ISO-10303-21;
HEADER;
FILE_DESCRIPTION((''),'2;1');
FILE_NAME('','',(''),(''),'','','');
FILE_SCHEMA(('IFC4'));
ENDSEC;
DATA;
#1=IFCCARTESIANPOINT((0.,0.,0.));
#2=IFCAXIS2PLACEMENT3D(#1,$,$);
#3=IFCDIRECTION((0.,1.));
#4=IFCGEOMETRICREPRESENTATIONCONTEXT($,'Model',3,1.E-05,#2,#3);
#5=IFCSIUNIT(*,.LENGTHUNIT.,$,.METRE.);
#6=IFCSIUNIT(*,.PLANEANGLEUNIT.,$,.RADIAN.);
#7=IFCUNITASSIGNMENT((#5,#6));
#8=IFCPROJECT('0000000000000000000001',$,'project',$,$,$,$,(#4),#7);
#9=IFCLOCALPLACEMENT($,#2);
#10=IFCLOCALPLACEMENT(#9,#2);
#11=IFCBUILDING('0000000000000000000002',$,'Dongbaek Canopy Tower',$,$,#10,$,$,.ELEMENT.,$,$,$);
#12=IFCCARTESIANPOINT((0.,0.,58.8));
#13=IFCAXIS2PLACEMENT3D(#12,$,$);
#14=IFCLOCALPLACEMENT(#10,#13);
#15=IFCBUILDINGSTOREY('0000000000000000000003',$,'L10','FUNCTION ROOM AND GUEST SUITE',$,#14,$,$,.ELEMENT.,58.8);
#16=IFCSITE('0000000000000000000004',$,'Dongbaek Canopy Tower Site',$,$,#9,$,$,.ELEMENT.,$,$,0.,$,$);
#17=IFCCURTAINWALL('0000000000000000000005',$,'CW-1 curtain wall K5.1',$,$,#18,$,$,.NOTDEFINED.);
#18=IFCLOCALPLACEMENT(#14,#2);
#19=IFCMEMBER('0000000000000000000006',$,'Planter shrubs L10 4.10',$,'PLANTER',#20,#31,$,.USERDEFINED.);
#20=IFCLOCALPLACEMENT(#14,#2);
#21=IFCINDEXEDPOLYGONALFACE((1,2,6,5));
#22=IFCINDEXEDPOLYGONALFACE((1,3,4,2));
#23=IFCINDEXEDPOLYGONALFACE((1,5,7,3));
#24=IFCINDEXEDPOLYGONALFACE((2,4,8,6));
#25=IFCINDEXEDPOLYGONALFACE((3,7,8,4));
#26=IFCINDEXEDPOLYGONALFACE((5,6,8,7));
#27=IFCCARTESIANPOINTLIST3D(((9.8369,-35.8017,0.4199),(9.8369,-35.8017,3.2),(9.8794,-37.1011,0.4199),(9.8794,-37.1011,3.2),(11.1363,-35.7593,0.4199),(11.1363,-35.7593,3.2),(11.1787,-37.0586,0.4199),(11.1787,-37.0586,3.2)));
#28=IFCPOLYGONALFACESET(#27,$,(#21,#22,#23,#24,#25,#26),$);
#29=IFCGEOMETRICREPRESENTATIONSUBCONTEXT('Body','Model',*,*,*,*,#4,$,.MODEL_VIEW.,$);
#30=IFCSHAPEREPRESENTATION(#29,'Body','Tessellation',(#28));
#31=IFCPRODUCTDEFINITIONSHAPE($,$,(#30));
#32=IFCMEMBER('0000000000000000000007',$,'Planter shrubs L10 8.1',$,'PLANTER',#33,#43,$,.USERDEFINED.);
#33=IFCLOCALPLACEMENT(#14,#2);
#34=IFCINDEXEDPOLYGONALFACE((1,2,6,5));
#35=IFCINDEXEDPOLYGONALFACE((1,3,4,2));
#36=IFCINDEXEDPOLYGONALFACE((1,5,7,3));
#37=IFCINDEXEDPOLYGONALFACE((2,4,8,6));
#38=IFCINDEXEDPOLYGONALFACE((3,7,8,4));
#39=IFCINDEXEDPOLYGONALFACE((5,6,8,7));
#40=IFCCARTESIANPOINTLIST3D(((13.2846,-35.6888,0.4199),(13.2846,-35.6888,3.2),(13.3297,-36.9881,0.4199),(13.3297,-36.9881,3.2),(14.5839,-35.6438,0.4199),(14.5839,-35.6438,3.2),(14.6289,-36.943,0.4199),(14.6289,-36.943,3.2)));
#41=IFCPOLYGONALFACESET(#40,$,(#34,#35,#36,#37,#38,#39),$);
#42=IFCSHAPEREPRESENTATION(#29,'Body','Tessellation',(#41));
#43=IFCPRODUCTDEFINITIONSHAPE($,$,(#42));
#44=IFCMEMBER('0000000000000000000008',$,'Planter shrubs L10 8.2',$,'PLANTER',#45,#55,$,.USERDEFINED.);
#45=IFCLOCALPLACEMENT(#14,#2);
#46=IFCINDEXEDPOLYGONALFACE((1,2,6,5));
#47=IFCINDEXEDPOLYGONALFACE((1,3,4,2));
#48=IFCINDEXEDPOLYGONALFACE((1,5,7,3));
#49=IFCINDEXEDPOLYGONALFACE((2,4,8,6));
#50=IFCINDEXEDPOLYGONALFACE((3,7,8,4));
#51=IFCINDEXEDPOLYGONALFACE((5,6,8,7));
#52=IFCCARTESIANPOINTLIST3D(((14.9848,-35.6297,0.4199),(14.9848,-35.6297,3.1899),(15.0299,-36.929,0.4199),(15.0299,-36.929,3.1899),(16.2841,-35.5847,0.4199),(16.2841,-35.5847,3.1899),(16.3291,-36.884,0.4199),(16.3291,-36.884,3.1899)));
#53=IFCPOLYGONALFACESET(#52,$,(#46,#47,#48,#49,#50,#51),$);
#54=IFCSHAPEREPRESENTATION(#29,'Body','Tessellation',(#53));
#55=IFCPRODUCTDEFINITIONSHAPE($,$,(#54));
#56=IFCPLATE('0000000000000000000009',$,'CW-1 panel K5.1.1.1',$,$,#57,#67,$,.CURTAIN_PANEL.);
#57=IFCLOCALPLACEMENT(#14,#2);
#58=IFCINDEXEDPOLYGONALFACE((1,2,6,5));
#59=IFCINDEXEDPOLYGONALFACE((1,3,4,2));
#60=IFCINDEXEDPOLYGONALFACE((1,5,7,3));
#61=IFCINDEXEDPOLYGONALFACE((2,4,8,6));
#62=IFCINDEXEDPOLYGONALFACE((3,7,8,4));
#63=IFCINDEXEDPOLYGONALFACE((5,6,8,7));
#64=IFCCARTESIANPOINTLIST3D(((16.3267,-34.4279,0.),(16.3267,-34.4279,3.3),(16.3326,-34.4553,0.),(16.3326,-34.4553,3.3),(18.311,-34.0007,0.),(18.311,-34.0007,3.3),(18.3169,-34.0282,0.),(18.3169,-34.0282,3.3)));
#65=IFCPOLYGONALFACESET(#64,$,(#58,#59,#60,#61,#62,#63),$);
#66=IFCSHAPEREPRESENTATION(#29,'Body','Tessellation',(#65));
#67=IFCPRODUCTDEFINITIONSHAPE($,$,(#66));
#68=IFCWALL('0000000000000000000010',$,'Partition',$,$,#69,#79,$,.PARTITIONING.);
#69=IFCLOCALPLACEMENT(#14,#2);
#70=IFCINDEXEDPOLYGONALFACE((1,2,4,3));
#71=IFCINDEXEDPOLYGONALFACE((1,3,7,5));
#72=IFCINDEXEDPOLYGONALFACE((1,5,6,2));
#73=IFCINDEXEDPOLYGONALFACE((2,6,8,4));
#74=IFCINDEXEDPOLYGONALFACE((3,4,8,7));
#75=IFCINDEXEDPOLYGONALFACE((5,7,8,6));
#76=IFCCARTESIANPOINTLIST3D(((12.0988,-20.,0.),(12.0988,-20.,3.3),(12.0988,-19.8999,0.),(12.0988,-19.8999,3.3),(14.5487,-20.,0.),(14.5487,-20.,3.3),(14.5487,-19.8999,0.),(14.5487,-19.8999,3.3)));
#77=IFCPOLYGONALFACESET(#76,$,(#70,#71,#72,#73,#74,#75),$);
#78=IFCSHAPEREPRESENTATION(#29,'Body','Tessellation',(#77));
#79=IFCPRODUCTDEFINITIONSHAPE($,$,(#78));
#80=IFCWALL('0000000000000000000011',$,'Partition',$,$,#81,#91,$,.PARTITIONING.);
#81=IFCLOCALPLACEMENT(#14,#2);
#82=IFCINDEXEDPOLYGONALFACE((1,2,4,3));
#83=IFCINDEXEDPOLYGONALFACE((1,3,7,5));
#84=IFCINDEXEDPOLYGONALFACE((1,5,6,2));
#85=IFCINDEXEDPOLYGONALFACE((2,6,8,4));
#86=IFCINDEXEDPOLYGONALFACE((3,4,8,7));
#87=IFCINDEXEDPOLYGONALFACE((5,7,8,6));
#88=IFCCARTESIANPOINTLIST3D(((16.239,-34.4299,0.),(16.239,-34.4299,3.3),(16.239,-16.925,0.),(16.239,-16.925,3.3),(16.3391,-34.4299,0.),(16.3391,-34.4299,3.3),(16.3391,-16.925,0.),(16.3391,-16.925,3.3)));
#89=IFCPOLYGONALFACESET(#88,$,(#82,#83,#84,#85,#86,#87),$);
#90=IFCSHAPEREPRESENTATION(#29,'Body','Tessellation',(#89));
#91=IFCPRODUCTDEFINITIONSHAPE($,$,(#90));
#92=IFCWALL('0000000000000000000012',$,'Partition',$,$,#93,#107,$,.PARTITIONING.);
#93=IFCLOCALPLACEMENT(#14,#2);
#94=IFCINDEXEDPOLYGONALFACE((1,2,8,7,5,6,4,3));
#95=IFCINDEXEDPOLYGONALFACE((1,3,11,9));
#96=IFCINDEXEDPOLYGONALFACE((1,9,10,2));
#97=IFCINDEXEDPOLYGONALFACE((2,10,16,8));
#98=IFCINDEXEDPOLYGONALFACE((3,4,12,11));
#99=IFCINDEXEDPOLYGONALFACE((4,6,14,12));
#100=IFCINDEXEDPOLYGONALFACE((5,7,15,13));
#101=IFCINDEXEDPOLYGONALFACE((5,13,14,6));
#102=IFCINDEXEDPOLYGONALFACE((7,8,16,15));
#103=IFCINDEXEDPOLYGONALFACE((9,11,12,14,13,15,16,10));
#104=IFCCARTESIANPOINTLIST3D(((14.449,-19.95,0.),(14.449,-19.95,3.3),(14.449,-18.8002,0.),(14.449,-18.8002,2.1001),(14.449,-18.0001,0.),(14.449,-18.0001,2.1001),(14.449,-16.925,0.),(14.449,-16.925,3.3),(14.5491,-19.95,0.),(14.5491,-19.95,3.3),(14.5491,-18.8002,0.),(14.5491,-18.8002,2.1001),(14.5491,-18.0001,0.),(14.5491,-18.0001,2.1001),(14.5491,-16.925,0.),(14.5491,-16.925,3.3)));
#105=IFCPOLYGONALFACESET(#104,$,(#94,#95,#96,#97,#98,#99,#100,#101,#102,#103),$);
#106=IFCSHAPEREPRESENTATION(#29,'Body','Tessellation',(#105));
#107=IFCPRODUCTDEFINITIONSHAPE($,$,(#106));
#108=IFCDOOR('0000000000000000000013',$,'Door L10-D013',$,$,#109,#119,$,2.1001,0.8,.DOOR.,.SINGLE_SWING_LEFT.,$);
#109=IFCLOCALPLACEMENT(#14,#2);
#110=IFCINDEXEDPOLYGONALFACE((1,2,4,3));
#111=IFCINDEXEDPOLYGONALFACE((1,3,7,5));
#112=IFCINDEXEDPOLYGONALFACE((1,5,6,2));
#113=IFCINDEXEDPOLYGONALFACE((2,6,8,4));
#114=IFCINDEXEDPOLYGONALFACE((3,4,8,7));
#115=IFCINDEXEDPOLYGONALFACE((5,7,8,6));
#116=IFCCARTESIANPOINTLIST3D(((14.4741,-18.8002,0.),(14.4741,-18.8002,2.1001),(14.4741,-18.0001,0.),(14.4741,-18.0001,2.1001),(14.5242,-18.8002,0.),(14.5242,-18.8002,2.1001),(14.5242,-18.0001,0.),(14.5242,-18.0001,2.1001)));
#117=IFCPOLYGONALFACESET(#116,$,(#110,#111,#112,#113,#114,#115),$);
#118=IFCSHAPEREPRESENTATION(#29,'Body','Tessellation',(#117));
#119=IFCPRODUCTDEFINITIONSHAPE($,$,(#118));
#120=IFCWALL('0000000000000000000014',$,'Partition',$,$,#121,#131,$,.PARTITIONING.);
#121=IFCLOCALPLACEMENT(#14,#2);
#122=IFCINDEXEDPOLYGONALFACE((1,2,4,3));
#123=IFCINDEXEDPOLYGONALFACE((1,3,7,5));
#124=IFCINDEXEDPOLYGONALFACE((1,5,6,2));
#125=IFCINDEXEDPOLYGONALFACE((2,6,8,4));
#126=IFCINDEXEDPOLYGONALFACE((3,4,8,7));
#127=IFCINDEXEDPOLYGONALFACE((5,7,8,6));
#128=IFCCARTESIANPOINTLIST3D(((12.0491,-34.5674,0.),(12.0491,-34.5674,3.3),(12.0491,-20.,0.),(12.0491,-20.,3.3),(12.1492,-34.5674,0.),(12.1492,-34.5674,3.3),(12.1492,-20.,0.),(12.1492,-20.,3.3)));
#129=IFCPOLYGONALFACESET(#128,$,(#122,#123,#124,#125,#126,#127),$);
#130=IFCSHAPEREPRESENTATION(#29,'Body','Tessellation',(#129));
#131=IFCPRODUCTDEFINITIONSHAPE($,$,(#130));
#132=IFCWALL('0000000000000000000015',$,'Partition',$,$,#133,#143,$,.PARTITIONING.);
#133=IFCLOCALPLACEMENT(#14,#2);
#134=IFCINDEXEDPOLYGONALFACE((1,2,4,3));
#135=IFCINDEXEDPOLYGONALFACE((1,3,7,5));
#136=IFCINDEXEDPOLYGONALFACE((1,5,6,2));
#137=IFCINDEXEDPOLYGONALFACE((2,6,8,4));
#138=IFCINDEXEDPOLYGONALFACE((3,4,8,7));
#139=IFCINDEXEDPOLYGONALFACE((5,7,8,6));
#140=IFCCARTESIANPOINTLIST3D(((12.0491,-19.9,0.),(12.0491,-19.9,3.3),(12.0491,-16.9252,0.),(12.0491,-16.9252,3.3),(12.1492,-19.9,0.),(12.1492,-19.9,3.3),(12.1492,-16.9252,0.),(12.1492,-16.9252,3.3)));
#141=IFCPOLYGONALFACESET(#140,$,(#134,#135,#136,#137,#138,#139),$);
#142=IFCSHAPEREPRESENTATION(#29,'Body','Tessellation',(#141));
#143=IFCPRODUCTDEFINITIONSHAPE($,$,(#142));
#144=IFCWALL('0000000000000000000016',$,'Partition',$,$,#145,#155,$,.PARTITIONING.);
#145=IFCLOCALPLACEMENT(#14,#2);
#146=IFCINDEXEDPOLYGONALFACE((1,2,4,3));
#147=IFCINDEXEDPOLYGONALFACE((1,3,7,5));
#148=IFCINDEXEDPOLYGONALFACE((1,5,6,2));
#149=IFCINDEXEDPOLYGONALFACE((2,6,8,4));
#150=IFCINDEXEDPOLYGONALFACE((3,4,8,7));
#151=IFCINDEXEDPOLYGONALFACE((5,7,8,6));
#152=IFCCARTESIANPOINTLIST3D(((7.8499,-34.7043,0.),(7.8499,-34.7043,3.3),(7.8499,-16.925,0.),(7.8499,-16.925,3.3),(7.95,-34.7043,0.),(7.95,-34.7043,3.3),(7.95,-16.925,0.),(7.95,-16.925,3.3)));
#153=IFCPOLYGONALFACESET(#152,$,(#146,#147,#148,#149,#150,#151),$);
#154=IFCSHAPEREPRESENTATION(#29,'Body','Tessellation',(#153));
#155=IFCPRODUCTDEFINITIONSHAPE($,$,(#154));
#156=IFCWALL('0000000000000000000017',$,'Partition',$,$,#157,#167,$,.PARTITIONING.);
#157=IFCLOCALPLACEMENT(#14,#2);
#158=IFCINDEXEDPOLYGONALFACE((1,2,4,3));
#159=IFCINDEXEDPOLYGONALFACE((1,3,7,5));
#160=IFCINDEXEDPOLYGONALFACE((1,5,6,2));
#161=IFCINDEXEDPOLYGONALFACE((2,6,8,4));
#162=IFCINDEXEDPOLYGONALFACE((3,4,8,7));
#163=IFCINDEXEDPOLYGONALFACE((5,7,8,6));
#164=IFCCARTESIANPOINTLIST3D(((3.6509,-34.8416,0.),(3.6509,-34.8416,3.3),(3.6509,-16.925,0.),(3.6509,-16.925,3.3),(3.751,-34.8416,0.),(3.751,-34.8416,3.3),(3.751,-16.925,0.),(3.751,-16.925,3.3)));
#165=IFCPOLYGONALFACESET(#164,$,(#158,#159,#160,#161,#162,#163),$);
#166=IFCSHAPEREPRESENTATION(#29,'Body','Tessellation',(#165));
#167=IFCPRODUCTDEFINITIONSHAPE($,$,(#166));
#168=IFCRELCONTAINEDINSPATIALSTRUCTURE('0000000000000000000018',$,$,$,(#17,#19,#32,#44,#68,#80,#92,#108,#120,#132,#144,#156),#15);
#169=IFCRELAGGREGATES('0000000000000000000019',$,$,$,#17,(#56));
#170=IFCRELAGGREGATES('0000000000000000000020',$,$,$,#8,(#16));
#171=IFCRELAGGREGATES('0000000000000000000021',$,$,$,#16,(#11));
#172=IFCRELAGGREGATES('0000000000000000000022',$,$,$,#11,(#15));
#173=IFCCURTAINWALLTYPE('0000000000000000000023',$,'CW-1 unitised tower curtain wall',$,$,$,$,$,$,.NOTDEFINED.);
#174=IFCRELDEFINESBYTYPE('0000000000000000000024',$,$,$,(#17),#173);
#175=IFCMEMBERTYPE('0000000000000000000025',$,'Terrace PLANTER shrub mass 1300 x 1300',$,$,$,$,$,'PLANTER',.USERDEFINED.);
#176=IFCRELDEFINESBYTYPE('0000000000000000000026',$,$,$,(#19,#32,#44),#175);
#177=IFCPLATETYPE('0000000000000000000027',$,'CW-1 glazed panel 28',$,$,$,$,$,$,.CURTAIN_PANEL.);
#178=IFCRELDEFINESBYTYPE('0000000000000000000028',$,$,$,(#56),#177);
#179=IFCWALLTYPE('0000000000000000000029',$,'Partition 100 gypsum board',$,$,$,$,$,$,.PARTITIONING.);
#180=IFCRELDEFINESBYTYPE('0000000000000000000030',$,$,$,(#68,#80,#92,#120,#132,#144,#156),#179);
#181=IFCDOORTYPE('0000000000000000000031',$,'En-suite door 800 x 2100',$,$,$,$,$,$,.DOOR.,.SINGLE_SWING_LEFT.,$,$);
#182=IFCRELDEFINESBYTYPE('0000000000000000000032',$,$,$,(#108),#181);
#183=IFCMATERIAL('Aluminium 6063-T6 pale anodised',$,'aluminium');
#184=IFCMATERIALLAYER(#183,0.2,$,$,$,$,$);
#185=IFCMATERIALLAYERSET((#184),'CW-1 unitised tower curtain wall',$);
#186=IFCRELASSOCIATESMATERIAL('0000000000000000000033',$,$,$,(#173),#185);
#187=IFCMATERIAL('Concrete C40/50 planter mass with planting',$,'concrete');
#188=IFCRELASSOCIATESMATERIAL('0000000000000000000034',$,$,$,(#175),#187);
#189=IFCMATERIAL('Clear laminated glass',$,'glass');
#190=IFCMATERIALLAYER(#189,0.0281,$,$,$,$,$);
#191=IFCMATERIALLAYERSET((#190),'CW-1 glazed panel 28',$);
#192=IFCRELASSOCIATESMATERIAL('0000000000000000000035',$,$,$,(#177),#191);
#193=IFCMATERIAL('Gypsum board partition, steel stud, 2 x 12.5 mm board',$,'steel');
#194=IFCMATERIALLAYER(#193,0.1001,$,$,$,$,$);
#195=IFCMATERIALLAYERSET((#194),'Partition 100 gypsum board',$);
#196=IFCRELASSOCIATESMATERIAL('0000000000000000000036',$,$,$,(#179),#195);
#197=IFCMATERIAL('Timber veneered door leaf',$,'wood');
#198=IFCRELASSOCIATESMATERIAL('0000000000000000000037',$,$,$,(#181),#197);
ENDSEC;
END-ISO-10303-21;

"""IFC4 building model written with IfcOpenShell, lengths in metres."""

from ifc_helpers import new_model, si_unit, direction, frame, frame_2d, origin, origin_2d, place, context, subcontext, project, spatial, rectangle, extrude, material, layer, layer_set, material_profile, profile_set, type_object, element, fill, aggregate, save


model = new_model("IFC4")

# Units and contexts
model_context = context("Model", 3, precision=1e-05, world=origin(), true_north=direction((0.0, 1.0)))
body_context = subcontext(model_context, "Body", "Model", "MODEL_VIEW")
ifc_project = project(units=[si_unit("LENGTHUNIT", "METRE"), si_unit("PLANEANGLEUNIT", "RADIAN")], contexts=[model_context])

# Site, building, storey
site_placement = place(None, origin())
site = spatial("IfcSite", under=ifc_project, at=site_placement, Name="Dongbaek Canopy Tower Site", CompositionType="ELEMENT", RefElevation=0.0)
building_placement = place(site_placement, origin())
building = spatial("IfcBuilding", under=site, at=building_placement, Name="Dongbaek Canopy Tower", CompositionType="ELEMENT")
storey_placement = place(building_placement, frame((0.0, 0.0, 58.8)))
storey = spatial("IfcBuildingStorey", under=building, at=storey_placement, Name="L10", Description="FUNCTION ROOM AND GUEST SUITE", CompositionType="ELEMENT", Elevation=58.8)

# Curtain wall
ifc_material_1 = material(Name="Aluminium 6063-T6 pale anodised", Category="aluminium")
ifc_layer_1 = layer(ifc_material_1, 0.2)
ifc_layer_set_1 = layer_set([ifc_layer_1], Name="CW-1 unitised tower curtain wall")
curtain_wall_type = type_object("IfcCurtainWallType", Name="CW-1 unitised tower curtain wall", PredefinedType="NOTDEFINED", material=ifc_layer_set_1)
curtain_wall_placement = place(storey_placement, origin())
curtain_wall = element("IfcCurtainWall", 1, at=curtain_wall_placement, inside=storey, type_object=curtain_wall_type, Name="CW-1 curtain wall K5.1", PredefinedType="NOTDEFINED")

# Members
ifc_material_2 = material(Name="Concrete C40/50 planter mass with planting", Category="concrete")
ifc_material_profile_1 = material_profile(ifc_material_2, rectangle(XDim=1.3, YDim=1.3, at=origin_2d()), Name="Terrace PLANTER shrub mass 1300 x 1300")
ifc_profile_set_1 = profile_set([ifc_material_profile_1], Name="Concrete C40/50 planter mass with planting")
member_type_1 = type_object("IfcMemberType", Name="Terrace PLANTER shrub mass 1300 x 1300", ElementType="PLANTER", PredefinedType="USERDEFINED", material=ifc_profile_set_1)
for number, where, z_axis, x_axis, name in (
    (2, (10.5078, -36.4302, 0.4199), (0.0, 0.0, 1.0), (0.032646, -0.999467, 0.0), "Planter shrubs L10 4.10"),
    (3, (13.9568, -36.3159, 0.4199), (0.0, 0.0, 1.0), (0.034641, -0.9994, 0.0), "Planter shrubs L10 8.1"),
):
    element("IfcMember", number, at=place(storey_placement, frame(where, z_axis=z_axis, x_axis=x_axis)), inside=storey, type_object=member_type_1, Name=name, ObjectType="PLANTER", PredefinedType="USERDEFINED", context=body_context, shape_type="SweptSolid", body=[
        extrude(rectangle(XDim=1.3, YDim=1.3, at=origin_2d()), origin(), (0.0, 0.0, 1.0), 2.78),
    ])
member_1_placement = place(storey_placement, frame((15.657, -36.2568, 0.4199), z_axis=(0.0, 0.0, 1.0), x_axis=(0.034641, -0.9994, 0.0)))
element("IfcMember", 4, at=member_1_placement, inside=storey, type_object=member_type_1, Name="Planter shrubs L10 8.2", ObjectType="PLANTER", PredefinedType="USERDEFINED", context=body_context, shape_type="SweptSolid", body=[
    extrude(rectangle(XDim=1.3, YDim=1.3, at=origin_2d()), origin(), (0.0, 0.0, 1.0), 2.77),
])

# Plate
ifc_material_3 = material(Name="Clear laminated glass", Category="glass")
ifc_layer_2 = layer(ifc_material_3, 0.0281)
ifc_layer_set_2 = layer_set([ifc_layer_2], Name="CW-1 glazed panel 28")
plate_type = type_object("IfcPlateType", Name="CW-1 glazed panel 28", PredefinedType="CURTAIN_PANEL", material=ifc_layer_set_2)
plate_placement = place(storey_placement, frame((17.3218, -34.228, 0.0), z_axis=(0.0, 0.0, 1.0), x_axis=(0.977608, 0.210435, 0.0)))
plate = element("IfcPlate", 5, at=plate_placement, type_object=plate_type, Name="CW-1 panel K5.1.1.1", PredefinedType="CURTAIN_PANEL", context=body_context, shape_type="SweptSolid", body=[
    extrude(rectangle(XDim=2.0298, YDim=0.0281, at=origin_2d()), origin(), (0.0, 0.0, 1.0), 3.3),
])
aggregate(curtain_wall, [plate])

# Walls
ifc_material_4 = material(Name="Gypsum board partition, steel stud, 2 x 12.5 mm board", Category="steel")
ifc_layer_3 = layer(ifc_material_4, 0.1001)
ifc_layer_set_3 = layer_set([ifc_layer_3], Name="Partition 100 gypsum board")
wall_type_1 = type_object("IfcWallType", Name="Partition 100 gypsum board", PredefinedType="PARTITIONING", material=ifc_layer_set_3)
wall_1_placement = place(storey_placement, frame((12.0986, -19.95, 0.0), z_axis=(0.0, 0.0, 1.0), x_axis=(1.0, 0.0, 0.0)))
element("IfcWall", 6, at=wall_1_placement, inside=storey, type_object=wall_type_1, Name="Partition", PredefinedType="PARTITIONING", context=body_context, shape_type="SweptSolid", body=[
    extrude(rectangle(XDim=2.45, YDim=0.1001, at=frame_2d((1.2251, 0.0))), origin(), (0.0, 0.0, 1.0), 3.3),
])
wall_2_placement = place(storey_placement, frame((16.2891, -34.4299, 0.0), z_axis=(0.0, 0.0, 1.0), x_axis=(0.0, 1.0, 0.0)))
element("IfcWall", 7, at=wall_2_placement, inside=storey, type_object=wall_type_1, Name="Partition", PredefinedType="PARTITIONING", context=body_context, shape_type="SweptSolid", body=[
    extrude(rectangle(XDim=17.5049, YDim=0.1001, at=frame_2d((8.7524, 0.0))), origin(), (0.0, 0.0, 1.0), 3.3),
])

# Wall, opening, door
wall_3_placement = place(storey_placement, frame((14.499, -19.95, 0.0), z_axis=(0.0, 0.0, 1.0), x_axis=(0.0, 1.0, 0.0)))
wall_3 = element("IfcWall", 8, at=wall_3_placement, inside=storey, type_object=wall_type_1, Name="Partition", PredefinedType="PARTITIONING", context=body_context, shape_type="SweptSolid", body=[
    extrude(rectangle(XDim=3.0249, YDim=0.1001, at=frame_2d((1.5125, 0.0))), origin(), (0.0, 0.0, 1.0), 3.3),
])
opening_1_placement = place(wall_3_placement, frame((1.1499, 0.0, 0.0)))
opening_1 = element("IfcOpeningElement", 9, at=opening_1_placement, cuts=wall_3, PredefinedType="OPENING", context=body_context, shape_type="SweptSolid", body=[
    extrude(rectangle(XDim=0.8, YDim=2.1001, at=frame_2d((0.3999, 1.05))), frame((0.0, 0.0601, 0.0), z_axis=(0.0, -1.0, 0.0), x_axis=(1.0, 0.0, 0.0)), (0.0, 0.0, 1.0), 0.1201),
])
ifc_material_5 = material(Name="Timber veneered door leaf", Category="wood")
door_type_1 = type_object("IfcDoorType", Name="En-suite door 800 x 2100", OperationType="SINGLE_SWING_LEFT", PredefinedType="DOOR", material=ifc_material_5)
door_1_placement = place(opening_1_placement, origin())
door_1 = element("IfcDoor", 10, at=door_1_placement, inside=storey, type_object=door_type_1, Name="Door L10-D013", OperationType="SINGLE_SWING_LEFT", OverallHeight=2.1001, OverallWidth=0.8, PredefinedType="DOOR", context=body_context, shape_type="SweptSolid", body=[
    extrude(rectangle(XDim=0.8, YDim=2.1001, at=frame_2d((0.3999, 1.05))), frame((0.0, 0.0249, 0.0), z_axis=(0.0, -1.0, 0.0), x_axis=(1.0, 0.0, 0.0)), (0.0, 0.0, 1.0), 0.05),
])
fill(opening_1, door_1)

# Walls
wall_4_placement = place(storey_placement, frame((12.0991, -34.5674, 0.0), z_axis=(0.0, 0.0, 1.0), x_axis=(0.0, 1.0, 0.0)))
element("IfcWall", 11, at=wall_4_placement, inside=storey, type_object=wall_type_1, Name="Partition", PredefinedType="PARTITIONING", context=body_context, shape_type="SweptSolid", body=[
    extrude(rectangle(XDim=14.5674, YDim=0.1001, at=frame_2d((7.2837, 0.0))), origin(), (0.0, 0.0, 1.0), 3.3),
])
wall_5_placement = place(storey_placement, frame((12.0991, -19.8999, 0.0), z_axis=(0.0, 0.0, 1.0), x_axis=(0.0, 1.0, 0.0)))
element("IfcWall", 12, at=wall_5_placement, inside=storey, type_object=wall_type_1, Name="Partition", PredefinedType="PARTITIONING", context=body_context, shape_type="SweptSolid", body=[
    extrude(rectangle(XDim=2.9749, YDim=0.1001, at=frame_2d((1.4873, 0.0))), origin(), (0.0, 0.0, 1.0), 3.3),
])
wall_6_placement = place(storey_placement, frame((7.8999, -34.7043, 0.0), z_axis=(0.0, 0.0, 1.0), x_axis=(0.0, 1.0, 0.0)))
element("IfcWall", 13, at=wall_6_placement, inside=storey, type_object=wall_type_1, Name="Partition", PredefinedType="PARTITIONING", context=body_context, shape_type="SweptSolid", body=[
    extrude(rectangle(XDim=17.7793, YDim=0.1001, at=frame_2d((8.8896, 0.0))), origin(), (0.0, 0.0, 1.0), 3.3),
])
wall_7_placement = place(storey_placement, frame((3.7009, -34.8416, 0.0), z_axis=(0.0, 0.0, 1.0), x_axis=(0.0, 1.0, 0.0)))
element("IfcWall", 14, at=wall_7_placement, inside=storey, type_object=wall_type_1, Name="Partition", PredefinedType="PARTITIONING", context=body_context, shape_type="SweptSolid", body=[
    extrude(rectangle(XDim=17.9165, YDim=0.1001, at=frame_2d((8.9583, 0.0))), origin(), (0.0, 0.0, 1.0), 3.3),
])

save(model, "model.ifc")
